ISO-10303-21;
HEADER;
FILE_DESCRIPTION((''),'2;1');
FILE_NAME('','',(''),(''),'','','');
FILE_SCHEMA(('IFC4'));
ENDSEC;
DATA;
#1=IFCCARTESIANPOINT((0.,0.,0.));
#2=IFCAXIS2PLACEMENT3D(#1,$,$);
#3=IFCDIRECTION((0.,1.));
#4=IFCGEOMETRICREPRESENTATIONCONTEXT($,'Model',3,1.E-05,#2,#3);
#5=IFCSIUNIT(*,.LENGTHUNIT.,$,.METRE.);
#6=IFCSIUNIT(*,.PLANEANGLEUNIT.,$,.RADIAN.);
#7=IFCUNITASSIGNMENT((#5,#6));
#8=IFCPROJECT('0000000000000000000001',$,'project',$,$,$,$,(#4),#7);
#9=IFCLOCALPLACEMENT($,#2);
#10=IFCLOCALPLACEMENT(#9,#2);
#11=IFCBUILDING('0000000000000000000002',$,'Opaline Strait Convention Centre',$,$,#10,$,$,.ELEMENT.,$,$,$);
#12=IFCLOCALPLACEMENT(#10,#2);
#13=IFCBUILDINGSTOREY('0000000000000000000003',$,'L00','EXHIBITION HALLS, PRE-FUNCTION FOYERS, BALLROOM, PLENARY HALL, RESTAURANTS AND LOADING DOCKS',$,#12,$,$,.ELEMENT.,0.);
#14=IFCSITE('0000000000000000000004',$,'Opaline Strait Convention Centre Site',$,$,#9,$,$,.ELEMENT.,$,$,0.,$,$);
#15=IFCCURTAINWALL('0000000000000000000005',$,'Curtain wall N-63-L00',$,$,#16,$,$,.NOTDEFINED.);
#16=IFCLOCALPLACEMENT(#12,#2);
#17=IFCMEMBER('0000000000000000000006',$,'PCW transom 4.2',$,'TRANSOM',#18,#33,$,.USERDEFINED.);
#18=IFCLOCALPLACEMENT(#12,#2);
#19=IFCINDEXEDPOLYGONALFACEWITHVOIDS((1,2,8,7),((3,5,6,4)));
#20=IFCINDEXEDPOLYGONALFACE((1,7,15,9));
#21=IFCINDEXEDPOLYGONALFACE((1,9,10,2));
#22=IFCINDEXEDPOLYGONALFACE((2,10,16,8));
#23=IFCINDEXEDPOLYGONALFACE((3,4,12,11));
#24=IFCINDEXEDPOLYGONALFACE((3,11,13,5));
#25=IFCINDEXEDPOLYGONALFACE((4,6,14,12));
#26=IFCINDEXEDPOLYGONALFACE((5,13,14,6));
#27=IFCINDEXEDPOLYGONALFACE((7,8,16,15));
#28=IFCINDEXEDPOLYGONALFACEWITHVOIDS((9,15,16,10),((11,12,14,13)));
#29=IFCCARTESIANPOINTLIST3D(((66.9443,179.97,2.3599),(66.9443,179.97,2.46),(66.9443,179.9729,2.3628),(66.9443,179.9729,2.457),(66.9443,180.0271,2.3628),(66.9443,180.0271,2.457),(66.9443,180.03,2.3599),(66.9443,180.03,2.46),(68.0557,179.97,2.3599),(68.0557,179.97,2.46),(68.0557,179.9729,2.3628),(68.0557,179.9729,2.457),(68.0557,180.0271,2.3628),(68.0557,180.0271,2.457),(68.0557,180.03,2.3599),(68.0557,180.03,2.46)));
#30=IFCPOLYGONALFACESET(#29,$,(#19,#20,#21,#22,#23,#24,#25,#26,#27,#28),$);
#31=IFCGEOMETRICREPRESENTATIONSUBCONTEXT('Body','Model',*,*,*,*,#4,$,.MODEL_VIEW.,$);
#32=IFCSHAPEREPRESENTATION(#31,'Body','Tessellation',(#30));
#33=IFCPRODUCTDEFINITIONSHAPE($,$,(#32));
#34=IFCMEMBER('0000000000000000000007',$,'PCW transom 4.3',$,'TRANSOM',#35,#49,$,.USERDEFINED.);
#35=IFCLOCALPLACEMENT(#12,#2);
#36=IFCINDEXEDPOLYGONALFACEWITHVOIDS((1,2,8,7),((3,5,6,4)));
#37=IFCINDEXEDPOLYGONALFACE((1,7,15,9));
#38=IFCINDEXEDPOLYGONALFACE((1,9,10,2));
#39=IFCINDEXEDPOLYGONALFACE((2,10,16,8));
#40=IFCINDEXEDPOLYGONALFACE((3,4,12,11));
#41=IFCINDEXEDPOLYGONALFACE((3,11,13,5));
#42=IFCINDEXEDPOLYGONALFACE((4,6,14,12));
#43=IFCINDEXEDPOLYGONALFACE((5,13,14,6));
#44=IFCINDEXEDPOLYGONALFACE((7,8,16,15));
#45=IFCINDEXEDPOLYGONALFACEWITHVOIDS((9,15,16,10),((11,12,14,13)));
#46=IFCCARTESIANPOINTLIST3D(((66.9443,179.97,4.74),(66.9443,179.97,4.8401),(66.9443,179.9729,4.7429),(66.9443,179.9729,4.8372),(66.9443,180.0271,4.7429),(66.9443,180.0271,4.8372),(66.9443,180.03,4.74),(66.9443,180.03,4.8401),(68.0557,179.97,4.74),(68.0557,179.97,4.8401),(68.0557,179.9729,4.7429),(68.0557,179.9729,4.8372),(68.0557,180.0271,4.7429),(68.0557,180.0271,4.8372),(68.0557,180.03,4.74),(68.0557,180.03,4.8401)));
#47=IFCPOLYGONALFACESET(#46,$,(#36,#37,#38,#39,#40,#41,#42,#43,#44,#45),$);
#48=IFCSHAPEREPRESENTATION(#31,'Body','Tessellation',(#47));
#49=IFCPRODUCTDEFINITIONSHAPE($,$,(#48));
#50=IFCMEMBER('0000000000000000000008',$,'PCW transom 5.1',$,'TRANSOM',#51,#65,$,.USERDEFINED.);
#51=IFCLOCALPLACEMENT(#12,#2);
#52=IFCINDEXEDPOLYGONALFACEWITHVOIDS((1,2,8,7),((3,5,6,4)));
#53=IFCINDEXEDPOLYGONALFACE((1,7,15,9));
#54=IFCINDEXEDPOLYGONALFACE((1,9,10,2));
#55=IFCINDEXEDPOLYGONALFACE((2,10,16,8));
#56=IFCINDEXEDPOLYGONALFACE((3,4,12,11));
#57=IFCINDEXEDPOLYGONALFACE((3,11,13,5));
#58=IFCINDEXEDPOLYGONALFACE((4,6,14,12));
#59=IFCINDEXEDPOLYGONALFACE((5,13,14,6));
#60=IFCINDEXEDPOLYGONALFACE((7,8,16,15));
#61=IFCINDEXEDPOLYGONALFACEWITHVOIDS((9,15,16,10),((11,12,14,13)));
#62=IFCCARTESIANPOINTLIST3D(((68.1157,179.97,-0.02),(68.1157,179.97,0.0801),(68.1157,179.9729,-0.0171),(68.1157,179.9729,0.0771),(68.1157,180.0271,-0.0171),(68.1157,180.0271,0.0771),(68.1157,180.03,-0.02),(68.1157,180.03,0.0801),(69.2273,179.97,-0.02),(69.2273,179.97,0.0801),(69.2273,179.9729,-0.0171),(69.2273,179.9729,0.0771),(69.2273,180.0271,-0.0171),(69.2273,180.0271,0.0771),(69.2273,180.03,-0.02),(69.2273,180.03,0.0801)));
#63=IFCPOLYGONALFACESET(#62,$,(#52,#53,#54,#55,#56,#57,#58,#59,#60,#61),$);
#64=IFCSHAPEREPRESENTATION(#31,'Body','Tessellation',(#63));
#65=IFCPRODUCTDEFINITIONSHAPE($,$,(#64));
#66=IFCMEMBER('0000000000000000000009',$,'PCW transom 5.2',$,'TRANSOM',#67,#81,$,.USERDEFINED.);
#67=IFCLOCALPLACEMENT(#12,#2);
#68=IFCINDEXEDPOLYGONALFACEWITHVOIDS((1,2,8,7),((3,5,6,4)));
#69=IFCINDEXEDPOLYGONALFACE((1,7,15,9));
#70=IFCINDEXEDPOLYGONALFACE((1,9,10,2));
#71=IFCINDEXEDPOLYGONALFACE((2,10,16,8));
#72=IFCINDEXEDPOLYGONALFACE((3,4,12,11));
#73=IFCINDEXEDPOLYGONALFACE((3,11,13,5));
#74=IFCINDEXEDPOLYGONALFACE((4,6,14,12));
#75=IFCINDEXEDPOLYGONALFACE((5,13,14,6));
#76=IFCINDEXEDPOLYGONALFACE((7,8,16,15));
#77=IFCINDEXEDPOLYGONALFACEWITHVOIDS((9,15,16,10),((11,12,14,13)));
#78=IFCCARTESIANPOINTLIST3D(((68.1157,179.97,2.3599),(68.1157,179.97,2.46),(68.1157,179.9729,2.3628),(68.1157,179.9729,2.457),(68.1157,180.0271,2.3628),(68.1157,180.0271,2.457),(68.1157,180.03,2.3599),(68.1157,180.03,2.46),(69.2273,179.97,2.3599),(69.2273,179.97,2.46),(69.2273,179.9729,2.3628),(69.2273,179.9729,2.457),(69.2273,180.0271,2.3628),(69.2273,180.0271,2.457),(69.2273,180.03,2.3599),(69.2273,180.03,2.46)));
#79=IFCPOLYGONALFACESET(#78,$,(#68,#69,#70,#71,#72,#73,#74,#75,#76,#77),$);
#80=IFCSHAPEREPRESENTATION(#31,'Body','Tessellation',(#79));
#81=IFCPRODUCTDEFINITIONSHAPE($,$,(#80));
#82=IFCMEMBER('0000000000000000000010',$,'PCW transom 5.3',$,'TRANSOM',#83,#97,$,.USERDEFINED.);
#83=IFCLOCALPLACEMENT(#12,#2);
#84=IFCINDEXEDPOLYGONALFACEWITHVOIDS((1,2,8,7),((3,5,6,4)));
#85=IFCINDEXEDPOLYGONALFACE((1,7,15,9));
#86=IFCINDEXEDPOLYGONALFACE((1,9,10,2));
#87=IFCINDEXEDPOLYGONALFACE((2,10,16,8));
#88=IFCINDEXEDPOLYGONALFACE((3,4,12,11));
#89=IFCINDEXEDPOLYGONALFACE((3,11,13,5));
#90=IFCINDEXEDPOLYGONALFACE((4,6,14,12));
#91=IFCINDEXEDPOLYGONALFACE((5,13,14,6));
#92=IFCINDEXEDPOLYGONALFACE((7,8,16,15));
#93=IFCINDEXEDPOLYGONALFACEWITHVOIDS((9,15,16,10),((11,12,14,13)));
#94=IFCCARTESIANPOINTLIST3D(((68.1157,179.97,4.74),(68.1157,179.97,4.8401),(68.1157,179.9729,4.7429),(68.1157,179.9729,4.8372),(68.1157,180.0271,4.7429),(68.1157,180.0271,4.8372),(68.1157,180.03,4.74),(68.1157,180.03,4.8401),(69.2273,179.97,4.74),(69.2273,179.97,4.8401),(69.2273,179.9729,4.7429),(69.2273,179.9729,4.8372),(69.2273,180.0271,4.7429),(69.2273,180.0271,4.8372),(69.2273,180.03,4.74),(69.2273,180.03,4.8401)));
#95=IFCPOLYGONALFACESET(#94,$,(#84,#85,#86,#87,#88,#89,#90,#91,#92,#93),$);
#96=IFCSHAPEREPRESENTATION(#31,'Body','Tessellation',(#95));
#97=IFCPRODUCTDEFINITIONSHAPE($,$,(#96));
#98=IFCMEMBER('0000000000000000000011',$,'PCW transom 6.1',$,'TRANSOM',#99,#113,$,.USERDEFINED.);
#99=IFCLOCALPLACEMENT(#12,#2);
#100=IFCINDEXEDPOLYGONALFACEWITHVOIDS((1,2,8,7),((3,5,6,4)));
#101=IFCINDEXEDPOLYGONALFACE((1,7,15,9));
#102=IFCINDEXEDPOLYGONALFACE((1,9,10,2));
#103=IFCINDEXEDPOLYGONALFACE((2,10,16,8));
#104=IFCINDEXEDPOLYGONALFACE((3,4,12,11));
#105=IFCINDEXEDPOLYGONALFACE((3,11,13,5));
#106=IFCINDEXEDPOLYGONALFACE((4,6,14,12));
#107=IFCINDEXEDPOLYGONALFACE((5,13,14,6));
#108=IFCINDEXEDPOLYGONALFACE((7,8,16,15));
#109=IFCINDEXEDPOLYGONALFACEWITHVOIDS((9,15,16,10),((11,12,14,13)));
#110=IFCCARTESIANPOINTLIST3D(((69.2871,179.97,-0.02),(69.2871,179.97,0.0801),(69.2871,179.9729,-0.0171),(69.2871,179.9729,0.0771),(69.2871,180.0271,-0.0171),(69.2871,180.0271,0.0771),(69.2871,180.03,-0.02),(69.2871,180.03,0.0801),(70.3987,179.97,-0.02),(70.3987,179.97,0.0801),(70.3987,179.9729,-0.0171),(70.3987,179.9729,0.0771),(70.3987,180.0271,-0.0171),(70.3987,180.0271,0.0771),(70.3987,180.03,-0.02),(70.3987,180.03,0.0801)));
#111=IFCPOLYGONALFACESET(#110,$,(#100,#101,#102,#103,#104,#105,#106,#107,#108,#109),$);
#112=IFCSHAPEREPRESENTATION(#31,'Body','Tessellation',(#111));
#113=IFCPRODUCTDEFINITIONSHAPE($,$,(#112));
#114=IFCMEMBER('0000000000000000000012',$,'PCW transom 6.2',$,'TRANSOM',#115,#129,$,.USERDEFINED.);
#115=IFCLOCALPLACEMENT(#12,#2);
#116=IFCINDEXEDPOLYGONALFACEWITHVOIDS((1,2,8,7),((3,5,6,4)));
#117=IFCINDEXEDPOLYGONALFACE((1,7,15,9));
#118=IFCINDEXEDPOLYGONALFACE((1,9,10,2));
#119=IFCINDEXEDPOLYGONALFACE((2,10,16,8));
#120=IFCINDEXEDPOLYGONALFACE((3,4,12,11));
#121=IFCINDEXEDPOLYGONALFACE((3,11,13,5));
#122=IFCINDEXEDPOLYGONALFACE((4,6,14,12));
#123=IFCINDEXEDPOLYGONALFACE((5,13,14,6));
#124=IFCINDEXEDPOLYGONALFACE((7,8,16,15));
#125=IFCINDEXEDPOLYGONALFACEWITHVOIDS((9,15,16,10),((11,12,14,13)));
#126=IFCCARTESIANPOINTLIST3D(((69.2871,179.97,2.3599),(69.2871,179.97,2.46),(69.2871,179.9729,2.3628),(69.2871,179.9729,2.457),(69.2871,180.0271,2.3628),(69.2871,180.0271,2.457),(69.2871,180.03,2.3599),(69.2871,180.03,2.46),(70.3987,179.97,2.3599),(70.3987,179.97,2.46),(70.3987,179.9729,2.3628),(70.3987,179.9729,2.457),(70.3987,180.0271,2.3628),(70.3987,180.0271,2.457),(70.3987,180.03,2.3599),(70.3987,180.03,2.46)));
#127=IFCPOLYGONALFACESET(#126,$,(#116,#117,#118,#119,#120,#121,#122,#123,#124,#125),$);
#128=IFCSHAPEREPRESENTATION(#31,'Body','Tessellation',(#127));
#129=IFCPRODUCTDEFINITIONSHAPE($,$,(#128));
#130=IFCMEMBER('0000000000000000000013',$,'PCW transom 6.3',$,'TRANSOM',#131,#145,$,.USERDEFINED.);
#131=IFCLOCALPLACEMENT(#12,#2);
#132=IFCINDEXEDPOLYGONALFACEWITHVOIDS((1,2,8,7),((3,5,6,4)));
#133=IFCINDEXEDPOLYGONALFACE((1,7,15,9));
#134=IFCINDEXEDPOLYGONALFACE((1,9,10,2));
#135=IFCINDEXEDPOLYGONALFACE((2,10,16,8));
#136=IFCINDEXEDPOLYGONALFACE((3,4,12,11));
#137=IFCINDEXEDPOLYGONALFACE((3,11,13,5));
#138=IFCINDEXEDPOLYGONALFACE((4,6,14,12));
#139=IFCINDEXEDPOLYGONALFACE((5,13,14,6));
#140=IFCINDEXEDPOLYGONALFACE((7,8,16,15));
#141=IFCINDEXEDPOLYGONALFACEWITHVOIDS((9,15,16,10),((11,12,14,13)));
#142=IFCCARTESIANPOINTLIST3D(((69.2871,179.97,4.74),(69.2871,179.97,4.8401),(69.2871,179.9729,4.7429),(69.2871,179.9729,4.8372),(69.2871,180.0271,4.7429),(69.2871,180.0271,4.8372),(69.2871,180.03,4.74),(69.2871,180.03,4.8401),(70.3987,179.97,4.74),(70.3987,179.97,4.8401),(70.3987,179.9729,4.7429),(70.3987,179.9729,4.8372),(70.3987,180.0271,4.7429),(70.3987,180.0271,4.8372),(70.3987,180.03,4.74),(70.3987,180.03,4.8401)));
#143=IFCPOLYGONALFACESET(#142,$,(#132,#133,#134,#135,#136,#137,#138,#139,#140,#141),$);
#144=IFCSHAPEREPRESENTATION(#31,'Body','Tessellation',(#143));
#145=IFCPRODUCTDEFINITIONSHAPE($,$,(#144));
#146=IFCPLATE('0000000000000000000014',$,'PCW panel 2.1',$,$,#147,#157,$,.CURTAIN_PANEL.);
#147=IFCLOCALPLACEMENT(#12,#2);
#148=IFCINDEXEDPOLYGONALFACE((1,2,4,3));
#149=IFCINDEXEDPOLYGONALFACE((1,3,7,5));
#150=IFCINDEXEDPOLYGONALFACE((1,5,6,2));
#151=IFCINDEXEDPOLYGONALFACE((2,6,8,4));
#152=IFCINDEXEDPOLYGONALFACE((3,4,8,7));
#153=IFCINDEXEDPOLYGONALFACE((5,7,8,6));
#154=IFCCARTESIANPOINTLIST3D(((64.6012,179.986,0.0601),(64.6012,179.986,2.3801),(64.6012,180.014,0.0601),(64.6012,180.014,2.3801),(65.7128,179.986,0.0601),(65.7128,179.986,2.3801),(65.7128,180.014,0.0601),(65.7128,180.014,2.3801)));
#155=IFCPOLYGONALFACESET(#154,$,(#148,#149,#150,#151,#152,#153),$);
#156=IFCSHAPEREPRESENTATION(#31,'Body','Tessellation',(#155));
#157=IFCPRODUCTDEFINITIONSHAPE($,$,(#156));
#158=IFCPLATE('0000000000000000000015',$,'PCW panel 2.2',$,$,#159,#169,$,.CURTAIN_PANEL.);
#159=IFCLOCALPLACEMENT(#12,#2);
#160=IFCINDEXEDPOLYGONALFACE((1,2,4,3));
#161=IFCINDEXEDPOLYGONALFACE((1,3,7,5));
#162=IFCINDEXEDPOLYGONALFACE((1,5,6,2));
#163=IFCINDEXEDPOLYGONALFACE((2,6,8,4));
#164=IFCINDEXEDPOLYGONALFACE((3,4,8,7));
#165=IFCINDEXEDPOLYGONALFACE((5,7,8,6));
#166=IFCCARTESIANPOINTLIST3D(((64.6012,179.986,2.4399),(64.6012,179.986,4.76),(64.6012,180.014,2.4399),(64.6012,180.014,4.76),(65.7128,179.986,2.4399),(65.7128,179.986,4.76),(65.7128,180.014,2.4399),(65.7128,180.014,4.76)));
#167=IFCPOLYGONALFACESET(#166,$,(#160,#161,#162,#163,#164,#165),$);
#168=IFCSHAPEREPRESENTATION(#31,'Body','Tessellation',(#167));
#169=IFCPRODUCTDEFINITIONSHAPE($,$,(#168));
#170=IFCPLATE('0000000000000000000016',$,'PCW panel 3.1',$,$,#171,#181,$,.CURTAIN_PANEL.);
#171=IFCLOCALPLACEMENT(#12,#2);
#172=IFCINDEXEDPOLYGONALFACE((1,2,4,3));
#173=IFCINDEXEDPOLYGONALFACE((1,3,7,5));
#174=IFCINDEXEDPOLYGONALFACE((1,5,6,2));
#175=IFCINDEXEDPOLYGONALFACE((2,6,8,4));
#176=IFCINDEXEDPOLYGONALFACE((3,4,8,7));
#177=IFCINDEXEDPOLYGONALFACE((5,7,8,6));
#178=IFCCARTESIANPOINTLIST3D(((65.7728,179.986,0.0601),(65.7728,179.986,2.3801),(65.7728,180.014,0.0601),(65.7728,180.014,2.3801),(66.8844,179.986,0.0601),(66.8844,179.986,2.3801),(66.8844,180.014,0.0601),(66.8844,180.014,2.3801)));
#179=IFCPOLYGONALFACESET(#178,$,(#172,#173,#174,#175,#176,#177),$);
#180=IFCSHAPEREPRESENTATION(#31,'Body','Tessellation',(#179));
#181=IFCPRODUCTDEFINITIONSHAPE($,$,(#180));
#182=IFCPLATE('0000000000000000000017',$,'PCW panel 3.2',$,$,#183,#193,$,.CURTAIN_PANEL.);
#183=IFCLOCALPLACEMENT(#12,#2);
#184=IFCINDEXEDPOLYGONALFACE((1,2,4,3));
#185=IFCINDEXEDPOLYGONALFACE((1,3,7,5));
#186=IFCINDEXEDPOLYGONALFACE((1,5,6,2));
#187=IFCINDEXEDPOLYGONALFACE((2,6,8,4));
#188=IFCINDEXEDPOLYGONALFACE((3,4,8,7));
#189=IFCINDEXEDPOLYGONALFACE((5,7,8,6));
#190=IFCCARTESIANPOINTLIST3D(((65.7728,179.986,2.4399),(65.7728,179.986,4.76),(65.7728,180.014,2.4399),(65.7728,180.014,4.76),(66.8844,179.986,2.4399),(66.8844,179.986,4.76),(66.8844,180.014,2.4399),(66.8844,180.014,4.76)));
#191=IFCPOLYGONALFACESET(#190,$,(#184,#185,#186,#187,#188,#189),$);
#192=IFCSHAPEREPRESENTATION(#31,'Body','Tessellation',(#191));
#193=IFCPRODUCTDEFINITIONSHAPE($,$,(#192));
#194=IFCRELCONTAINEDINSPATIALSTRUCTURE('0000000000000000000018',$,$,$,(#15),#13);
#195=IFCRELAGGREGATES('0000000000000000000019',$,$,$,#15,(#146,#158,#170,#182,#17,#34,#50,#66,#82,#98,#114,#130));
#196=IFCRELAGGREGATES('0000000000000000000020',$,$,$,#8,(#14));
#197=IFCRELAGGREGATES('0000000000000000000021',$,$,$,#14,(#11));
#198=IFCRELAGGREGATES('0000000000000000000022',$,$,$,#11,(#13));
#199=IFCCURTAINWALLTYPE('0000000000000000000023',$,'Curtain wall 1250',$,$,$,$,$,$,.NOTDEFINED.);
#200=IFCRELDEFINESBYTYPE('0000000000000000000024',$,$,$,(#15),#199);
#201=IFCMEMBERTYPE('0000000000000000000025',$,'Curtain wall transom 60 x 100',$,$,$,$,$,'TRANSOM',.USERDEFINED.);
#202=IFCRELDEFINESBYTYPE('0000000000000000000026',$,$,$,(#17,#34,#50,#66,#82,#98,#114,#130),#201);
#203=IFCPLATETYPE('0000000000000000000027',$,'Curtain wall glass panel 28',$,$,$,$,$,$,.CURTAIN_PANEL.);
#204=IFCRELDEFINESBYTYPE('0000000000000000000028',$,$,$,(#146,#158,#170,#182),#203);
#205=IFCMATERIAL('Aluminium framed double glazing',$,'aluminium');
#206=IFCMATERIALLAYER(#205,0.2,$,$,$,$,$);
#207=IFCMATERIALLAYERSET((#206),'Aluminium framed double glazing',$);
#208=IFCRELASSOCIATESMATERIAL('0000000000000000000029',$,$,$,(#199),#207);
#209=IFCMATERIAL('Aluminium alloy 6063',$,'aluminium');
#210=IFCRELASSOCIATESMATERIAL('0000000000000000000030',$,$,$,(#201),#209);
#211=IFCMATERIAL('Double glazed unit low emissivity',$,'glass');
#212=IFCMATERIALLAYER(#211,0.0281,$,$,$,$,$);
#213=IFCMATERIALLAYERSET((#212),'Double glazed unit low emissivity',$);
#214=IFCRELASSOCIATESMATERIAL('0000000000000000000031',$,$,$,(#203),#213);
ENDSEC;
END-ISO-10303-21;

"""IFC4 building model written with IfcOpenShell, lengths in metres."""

from ifc_helpers import new_model, si_unit, direction, frame, origin, origin_2d, place, context, subcontext, project, spatial, rectangle, hollow_rectangle, extrude, material, layer, layer_set, material_profile, profile_set, type_object, element, aggregate, save


model = new_model("IFC4")

# Units and contexts
model_context = context("Model", 3, precision=1e-05, world=origin(), true_north=direction((0.0, 1.0)))
body_context = subcontext(model_context, "Body", "Model", "MODEL_VIEW")
ifc_project = project(units=[si_unit("LENGTHUNIT", "METRE"), si_unit("PLANEANGLEUNIT", "RADIAN")], contexts=[model_context])

# Site, building, storey
site_placement = place(None, origin())
site = spatial("IfcSite", under=ifc_project, at=site_placement, Name="Opaline Strait Convention Centre Site", CompositionType="ELEMENT", RefElevation=0.0)
building_placement = place(site_placement, origin())
building = spatial("IfcBuilding", under=site, at=building_placement, Name="Opaline Strait Convention Centre", CompositionType="ELEMENT")
storey_placement = place(building_placement, origin())
storey = spatial("IfcBuildingStorey", under=building, at=storey_placement, Name="L00", Description="EXHIBITION HALLS, PRE-FUNCTION FOYERS, BALLROOM, PLENARY HALL, RESTAURANTS AND LOADING DOCKS", CompositionType="ELEMENT", Elevation=0.0)

# Curtain wall, members, plates
ifc_material_1 = material(Name="Aluminium framed double glazing", Category="aluminium")
ifc_layer_1 = layer(ifc_material_1, 0.2)
ifc_layer_set_1 = layer_set([ifc_layer_1], Name="Aluminium framed double glazing")
curtain_wall_type = type_object("IfcCurtainWallType", Name="Curtain wall 1250", PredefinedType="NOTDEFINED", material=ifc_layer_set_1)
curtain_wall_placement = place(storey_placement, origin())
curtain_wall = element("IfcCurtainWall", 1, at=curtain_wall_placement, inside=storey, type_object=curtain_wall_type, Name="Curtain wall N-63-L00", PredefinedType="NOTDEFINED")
ifc_material_2 = material(Name="Aluminium alloy 6063", Category="aluminium")
ifc_material_profile_1 = material_profile(ifc_material_2, hollow_rectangle(XDim=0.0601, YDim=0.1001, WallThickness=0.0029, at=origin_2d()), Name="TRANSOM 60x100x3")
ifc_profile_set_1 = profile_set([ifc_material_profile_1], Name="Aluminium alloy 6063")
member_type_1 = type_object("IfcMemberType", Name="Curtain wall transom 60 x 100", ElementType="TRANSOM", PredefinedType="USERDEFINED", material=ifc_profile_set_1)
member_1_placement = place(storey_placement, frame((66.9443, 180.0, 2.4099), z_axis=(1.0, 0.0, 0.0), x_axis=(0.0, 1.0, 0.0)))
member_1 = element("IfcMember", 2, at=member_1_placement, type_object=member_type_1, Name="PCW transom 4.2", ObjectType="TRANSOM", PredefinedType="USERDEFINED", context=body_context, shape_type="SweptSolid", body=[
    extrude(hollow_rectangle(XDim=0.0601, YDim=0.1001, WallThickness=0.0029, at=origin_2d()), origin(), (0.0, 0.0, 1.0), 1.1113),
])
member_2_placement = place(storey_placement, frame((66.9443, 180.0, 4.79), z_axis=(1.0, 0.0, 0.0), x_axis=(0.0, 1.0, 0.0)))
member_2 = element("IfcMember", 3, at=member_2_placement, type_object=member_type_1, Name="PCW transom 4.3", ObjectType="TRANSOM", PredefinedType="USERDEFINED", context=body_context, shape_type="SweptSolid", body=[
    extrude(hollow_rectangle(XDim=0.0601, YDim=0.1001, WallThickness=0.0029, at=origin_2d()), origin(), (0.0, 0.0, 1.0), 1.1113),
])
member_3_placement = place(storey_placement, frame((68.1157, 180.0, 0.03), z_axis=(1.0, 0.0, 0.0), x_axis=(0.0, 1.0, 0.0)))
member_3 = element("IfcMember", 4, at=member_3_placement, type_object=member_type_1, Name="PCW transom 5.1", ObjectType="TRANSOM", PredefinedType="USERDEFINED", context=body_context, shape_type="SweptSolid", body=[
    extrude(hollow_rectangle(XDim=0.0601, YDim=0.1001, WallThickness=0.0029, at=origin_2d()), origin(), (0.0, 0.0, 1.0), 1.1116),
])
member_4_placement = place(storey_placement, frame((68.1157, 180.0, 2.4099), z_axis=(1.0, 0.0, 0.0), x_axis=(0.0, 1.0, 0.0)))
member_4 = element("IfcMember", 5, at=member_4_placement, type_object=member_type_1, Name="PCW transom 5.2", ObjectType="TRANSOM", PredefinedType="USERDEFINED", context=body_context, shape_type="SweptSolid", body=[
    extrude(hollow_rectangle(XDim=0.0601, YDim=0.1001, WallThickness=0.0029, at=origin_2d()), origin(), (0.0, 0.0, 1.0), 1.1116),
])
member_5_placement = place(storey_placement, frame((68.1157, 180.0, 4.79), z_axis=(1.0, 0.0, 0.0), x_axis=(0.0, 1.0, 0.0)))
member_5 = element("IfcMember", 6, at=member_5_placement, type_object=member_type_1, Name="PCW transom 5.3", ObjectType="TRANSOM", PredefinedType="USERDEFINED", context=body_context, shape_type="SweptSolid", body=[
    extrude(hollow_rectangle(XDim=0.0601, YDim=0.1001, WallThickness=0.0029, at=origin_2d()), origin(), (0.0, 0.0, 1.0), 1.1116),
])
member_6_placement = place(storey_placement, frame((69.2871, 180.0, 0.03), z_axis=(1.0, 0.0, 0.0), x_axis=(0.0, 1.0, 0.0)))
member_6 = element("IfcMember", 7, at=member_6_placement, type_object=member_type_1, Name="PCW transom 6.1", ObjectType="TRANSOM", PredefinedType="USERDEFINED", context=body_context, shape_type="SweptSolid", body=[
    extrude(hollow_rectangle(XDim=0.0601, YDim=0.1001, WallThickness=0.0029, at=origin_2d()), origin(), (0.0, 0.0, 1.0), 1.1116),
])
member_7_placement = place(storey_placement, frame((69.2871, 180.0, 2.4099), z_axis=(1.0, 0.0, 0.0), x_axis=(0.0, 1.0, 0.0)))
member_7 = element("IfcMember", 8, at=member_7_placement, type_object=member_type_1, Name="PCW transom 6.2", ObjectType="TRANSOM", PredefinedType="USERDEFINED", context=body_context, shape_type="SweptSolid", body=[
    extrude(hollow_rectangle(XDim=0.0601, YDim=0.1001, WallThickness=0.0029, at=origin_2d()), origin(), (0.0, 0.0, 1.0), 1.1116),
])
member_8_placement = place(storey_placement, frame((69.2871, 180.0, 4.79), z_axis=(1.0, 0.0, 0.0), x_axis=(0.0, 1.0, 0.0)))
member_8 = element("IfcMember", 9, at=member_8_placement, type_object=member_type_1, Name="PCW transom 6.3", ObjectType="TRANSOM", PredefinedType="USERDEFINED", context=body_context, shape_type="SweptSolid", body=[
    extrude(hollow_rectangle(XDim=0.0601, YDim=0.1001, WallThickness=0.0029, at=origin_2d()), origin(), (0.0, 0.0, 1.0), 1.1116),
])
ifc_material_3 = material(Name="Double glazed unit low emissivity", Category="glass")
ifc_layer_2 = layer(ifc_material_3, 0.0281)
ifc_layer_set_2 = layer_set([ifc_layer_2], Name="Double glazed unit low emissivity")
plate_type = type_object("IfcPlateType", Name="Curtain wall glass panel 28", PredefinedType="CURTAIN_PANEL", material=ifc_layer_set_2)
plate_1_placement = place(storey_placement, frame((65.157, 180.0, 0.0601), z_axis=(0.0, 0.0, 1.0), x_axis=(1.0, 0.0, 0.0)))
plate_1 = element("IfcPlate", 10, at=plate_1_placement, type_object=plate_type, Name="PCW panel 2.1", PredefinedType="CURTAIN_PANEL", context=body_context, shape_type="SweptSolid", body=[
    extrude(rectangle(XDim=1.1116, YDim=0.0281, at=origin_2d()), origin(), (0.0, 0.0, 1.0), 2.3201),
])
plate_2_placement = place(storey_placement, frame((65.157, 180.0, 2.4399), z_axis=(0.0, 0.0, 1.0), x_axis=(1.0, 0.0, 0.0)))
plate_2 = element("IfcPlate", 11, at=plate_2_placement, type_object=plate_type, Name="PCW panel 2.2", PredefinedType="CURTAIN_PANEL", context=body_context, shape_type="SweptSolid", body=[
    extrude(rectangle(XDim=1.1116, YDim=0.0281, at=origin_2d()), origin(), (0.0, 0.0, 1.0), 2.3201),
])
plate_3_placement = place(storey_placement, frame((66.3286, 180.0, 0.0601), z_axis=(0.0, 0.0, 1.0), x_axis=(1.0, 0.0, 0.0)))
plate_3 = element("IfcPlate", 12, at=plate_3_placement, type_object=plate_type, Name="PCW panel 3.1", PredefinedType="CURTAIN_PANEL", context=body_context, shape_type="SweptSolid", body=[
    extrude(rectangle(XDim=1.1116, YDim=0.0281, at=origin_2d()), origin(), (0.0, 0.0, 1.0), 2.3201),
])
plate_4_placement = place(storey_placement, frame((66.3286, 180.0, 2.4399), z_axis=(0.0, 0.0, 1.0), x_axis=(1.0, 0.0, 0.0)))
plate_4 = element("IfcPlate", 13, at=plate_4_placement, type_object=plate_type, Name="PCW panel 3.2", PredefinedType="CURTAIN_PANEL", context=body_context, shape_type="SweptSolid", body=[
    extrude(rectangle(XDim=1.1116, YDim=0.0281, at=origin_2d()), origin(), (0.0, 0.0, 1.0), 2.3201),
])
aggregate(curtain_wall, [plate_1, plate_2, plate_3, plate_4, member_1, member_2, member_3, member_4, member_5, member_6, member_7, member_8])

save(model, "model.ifc")
